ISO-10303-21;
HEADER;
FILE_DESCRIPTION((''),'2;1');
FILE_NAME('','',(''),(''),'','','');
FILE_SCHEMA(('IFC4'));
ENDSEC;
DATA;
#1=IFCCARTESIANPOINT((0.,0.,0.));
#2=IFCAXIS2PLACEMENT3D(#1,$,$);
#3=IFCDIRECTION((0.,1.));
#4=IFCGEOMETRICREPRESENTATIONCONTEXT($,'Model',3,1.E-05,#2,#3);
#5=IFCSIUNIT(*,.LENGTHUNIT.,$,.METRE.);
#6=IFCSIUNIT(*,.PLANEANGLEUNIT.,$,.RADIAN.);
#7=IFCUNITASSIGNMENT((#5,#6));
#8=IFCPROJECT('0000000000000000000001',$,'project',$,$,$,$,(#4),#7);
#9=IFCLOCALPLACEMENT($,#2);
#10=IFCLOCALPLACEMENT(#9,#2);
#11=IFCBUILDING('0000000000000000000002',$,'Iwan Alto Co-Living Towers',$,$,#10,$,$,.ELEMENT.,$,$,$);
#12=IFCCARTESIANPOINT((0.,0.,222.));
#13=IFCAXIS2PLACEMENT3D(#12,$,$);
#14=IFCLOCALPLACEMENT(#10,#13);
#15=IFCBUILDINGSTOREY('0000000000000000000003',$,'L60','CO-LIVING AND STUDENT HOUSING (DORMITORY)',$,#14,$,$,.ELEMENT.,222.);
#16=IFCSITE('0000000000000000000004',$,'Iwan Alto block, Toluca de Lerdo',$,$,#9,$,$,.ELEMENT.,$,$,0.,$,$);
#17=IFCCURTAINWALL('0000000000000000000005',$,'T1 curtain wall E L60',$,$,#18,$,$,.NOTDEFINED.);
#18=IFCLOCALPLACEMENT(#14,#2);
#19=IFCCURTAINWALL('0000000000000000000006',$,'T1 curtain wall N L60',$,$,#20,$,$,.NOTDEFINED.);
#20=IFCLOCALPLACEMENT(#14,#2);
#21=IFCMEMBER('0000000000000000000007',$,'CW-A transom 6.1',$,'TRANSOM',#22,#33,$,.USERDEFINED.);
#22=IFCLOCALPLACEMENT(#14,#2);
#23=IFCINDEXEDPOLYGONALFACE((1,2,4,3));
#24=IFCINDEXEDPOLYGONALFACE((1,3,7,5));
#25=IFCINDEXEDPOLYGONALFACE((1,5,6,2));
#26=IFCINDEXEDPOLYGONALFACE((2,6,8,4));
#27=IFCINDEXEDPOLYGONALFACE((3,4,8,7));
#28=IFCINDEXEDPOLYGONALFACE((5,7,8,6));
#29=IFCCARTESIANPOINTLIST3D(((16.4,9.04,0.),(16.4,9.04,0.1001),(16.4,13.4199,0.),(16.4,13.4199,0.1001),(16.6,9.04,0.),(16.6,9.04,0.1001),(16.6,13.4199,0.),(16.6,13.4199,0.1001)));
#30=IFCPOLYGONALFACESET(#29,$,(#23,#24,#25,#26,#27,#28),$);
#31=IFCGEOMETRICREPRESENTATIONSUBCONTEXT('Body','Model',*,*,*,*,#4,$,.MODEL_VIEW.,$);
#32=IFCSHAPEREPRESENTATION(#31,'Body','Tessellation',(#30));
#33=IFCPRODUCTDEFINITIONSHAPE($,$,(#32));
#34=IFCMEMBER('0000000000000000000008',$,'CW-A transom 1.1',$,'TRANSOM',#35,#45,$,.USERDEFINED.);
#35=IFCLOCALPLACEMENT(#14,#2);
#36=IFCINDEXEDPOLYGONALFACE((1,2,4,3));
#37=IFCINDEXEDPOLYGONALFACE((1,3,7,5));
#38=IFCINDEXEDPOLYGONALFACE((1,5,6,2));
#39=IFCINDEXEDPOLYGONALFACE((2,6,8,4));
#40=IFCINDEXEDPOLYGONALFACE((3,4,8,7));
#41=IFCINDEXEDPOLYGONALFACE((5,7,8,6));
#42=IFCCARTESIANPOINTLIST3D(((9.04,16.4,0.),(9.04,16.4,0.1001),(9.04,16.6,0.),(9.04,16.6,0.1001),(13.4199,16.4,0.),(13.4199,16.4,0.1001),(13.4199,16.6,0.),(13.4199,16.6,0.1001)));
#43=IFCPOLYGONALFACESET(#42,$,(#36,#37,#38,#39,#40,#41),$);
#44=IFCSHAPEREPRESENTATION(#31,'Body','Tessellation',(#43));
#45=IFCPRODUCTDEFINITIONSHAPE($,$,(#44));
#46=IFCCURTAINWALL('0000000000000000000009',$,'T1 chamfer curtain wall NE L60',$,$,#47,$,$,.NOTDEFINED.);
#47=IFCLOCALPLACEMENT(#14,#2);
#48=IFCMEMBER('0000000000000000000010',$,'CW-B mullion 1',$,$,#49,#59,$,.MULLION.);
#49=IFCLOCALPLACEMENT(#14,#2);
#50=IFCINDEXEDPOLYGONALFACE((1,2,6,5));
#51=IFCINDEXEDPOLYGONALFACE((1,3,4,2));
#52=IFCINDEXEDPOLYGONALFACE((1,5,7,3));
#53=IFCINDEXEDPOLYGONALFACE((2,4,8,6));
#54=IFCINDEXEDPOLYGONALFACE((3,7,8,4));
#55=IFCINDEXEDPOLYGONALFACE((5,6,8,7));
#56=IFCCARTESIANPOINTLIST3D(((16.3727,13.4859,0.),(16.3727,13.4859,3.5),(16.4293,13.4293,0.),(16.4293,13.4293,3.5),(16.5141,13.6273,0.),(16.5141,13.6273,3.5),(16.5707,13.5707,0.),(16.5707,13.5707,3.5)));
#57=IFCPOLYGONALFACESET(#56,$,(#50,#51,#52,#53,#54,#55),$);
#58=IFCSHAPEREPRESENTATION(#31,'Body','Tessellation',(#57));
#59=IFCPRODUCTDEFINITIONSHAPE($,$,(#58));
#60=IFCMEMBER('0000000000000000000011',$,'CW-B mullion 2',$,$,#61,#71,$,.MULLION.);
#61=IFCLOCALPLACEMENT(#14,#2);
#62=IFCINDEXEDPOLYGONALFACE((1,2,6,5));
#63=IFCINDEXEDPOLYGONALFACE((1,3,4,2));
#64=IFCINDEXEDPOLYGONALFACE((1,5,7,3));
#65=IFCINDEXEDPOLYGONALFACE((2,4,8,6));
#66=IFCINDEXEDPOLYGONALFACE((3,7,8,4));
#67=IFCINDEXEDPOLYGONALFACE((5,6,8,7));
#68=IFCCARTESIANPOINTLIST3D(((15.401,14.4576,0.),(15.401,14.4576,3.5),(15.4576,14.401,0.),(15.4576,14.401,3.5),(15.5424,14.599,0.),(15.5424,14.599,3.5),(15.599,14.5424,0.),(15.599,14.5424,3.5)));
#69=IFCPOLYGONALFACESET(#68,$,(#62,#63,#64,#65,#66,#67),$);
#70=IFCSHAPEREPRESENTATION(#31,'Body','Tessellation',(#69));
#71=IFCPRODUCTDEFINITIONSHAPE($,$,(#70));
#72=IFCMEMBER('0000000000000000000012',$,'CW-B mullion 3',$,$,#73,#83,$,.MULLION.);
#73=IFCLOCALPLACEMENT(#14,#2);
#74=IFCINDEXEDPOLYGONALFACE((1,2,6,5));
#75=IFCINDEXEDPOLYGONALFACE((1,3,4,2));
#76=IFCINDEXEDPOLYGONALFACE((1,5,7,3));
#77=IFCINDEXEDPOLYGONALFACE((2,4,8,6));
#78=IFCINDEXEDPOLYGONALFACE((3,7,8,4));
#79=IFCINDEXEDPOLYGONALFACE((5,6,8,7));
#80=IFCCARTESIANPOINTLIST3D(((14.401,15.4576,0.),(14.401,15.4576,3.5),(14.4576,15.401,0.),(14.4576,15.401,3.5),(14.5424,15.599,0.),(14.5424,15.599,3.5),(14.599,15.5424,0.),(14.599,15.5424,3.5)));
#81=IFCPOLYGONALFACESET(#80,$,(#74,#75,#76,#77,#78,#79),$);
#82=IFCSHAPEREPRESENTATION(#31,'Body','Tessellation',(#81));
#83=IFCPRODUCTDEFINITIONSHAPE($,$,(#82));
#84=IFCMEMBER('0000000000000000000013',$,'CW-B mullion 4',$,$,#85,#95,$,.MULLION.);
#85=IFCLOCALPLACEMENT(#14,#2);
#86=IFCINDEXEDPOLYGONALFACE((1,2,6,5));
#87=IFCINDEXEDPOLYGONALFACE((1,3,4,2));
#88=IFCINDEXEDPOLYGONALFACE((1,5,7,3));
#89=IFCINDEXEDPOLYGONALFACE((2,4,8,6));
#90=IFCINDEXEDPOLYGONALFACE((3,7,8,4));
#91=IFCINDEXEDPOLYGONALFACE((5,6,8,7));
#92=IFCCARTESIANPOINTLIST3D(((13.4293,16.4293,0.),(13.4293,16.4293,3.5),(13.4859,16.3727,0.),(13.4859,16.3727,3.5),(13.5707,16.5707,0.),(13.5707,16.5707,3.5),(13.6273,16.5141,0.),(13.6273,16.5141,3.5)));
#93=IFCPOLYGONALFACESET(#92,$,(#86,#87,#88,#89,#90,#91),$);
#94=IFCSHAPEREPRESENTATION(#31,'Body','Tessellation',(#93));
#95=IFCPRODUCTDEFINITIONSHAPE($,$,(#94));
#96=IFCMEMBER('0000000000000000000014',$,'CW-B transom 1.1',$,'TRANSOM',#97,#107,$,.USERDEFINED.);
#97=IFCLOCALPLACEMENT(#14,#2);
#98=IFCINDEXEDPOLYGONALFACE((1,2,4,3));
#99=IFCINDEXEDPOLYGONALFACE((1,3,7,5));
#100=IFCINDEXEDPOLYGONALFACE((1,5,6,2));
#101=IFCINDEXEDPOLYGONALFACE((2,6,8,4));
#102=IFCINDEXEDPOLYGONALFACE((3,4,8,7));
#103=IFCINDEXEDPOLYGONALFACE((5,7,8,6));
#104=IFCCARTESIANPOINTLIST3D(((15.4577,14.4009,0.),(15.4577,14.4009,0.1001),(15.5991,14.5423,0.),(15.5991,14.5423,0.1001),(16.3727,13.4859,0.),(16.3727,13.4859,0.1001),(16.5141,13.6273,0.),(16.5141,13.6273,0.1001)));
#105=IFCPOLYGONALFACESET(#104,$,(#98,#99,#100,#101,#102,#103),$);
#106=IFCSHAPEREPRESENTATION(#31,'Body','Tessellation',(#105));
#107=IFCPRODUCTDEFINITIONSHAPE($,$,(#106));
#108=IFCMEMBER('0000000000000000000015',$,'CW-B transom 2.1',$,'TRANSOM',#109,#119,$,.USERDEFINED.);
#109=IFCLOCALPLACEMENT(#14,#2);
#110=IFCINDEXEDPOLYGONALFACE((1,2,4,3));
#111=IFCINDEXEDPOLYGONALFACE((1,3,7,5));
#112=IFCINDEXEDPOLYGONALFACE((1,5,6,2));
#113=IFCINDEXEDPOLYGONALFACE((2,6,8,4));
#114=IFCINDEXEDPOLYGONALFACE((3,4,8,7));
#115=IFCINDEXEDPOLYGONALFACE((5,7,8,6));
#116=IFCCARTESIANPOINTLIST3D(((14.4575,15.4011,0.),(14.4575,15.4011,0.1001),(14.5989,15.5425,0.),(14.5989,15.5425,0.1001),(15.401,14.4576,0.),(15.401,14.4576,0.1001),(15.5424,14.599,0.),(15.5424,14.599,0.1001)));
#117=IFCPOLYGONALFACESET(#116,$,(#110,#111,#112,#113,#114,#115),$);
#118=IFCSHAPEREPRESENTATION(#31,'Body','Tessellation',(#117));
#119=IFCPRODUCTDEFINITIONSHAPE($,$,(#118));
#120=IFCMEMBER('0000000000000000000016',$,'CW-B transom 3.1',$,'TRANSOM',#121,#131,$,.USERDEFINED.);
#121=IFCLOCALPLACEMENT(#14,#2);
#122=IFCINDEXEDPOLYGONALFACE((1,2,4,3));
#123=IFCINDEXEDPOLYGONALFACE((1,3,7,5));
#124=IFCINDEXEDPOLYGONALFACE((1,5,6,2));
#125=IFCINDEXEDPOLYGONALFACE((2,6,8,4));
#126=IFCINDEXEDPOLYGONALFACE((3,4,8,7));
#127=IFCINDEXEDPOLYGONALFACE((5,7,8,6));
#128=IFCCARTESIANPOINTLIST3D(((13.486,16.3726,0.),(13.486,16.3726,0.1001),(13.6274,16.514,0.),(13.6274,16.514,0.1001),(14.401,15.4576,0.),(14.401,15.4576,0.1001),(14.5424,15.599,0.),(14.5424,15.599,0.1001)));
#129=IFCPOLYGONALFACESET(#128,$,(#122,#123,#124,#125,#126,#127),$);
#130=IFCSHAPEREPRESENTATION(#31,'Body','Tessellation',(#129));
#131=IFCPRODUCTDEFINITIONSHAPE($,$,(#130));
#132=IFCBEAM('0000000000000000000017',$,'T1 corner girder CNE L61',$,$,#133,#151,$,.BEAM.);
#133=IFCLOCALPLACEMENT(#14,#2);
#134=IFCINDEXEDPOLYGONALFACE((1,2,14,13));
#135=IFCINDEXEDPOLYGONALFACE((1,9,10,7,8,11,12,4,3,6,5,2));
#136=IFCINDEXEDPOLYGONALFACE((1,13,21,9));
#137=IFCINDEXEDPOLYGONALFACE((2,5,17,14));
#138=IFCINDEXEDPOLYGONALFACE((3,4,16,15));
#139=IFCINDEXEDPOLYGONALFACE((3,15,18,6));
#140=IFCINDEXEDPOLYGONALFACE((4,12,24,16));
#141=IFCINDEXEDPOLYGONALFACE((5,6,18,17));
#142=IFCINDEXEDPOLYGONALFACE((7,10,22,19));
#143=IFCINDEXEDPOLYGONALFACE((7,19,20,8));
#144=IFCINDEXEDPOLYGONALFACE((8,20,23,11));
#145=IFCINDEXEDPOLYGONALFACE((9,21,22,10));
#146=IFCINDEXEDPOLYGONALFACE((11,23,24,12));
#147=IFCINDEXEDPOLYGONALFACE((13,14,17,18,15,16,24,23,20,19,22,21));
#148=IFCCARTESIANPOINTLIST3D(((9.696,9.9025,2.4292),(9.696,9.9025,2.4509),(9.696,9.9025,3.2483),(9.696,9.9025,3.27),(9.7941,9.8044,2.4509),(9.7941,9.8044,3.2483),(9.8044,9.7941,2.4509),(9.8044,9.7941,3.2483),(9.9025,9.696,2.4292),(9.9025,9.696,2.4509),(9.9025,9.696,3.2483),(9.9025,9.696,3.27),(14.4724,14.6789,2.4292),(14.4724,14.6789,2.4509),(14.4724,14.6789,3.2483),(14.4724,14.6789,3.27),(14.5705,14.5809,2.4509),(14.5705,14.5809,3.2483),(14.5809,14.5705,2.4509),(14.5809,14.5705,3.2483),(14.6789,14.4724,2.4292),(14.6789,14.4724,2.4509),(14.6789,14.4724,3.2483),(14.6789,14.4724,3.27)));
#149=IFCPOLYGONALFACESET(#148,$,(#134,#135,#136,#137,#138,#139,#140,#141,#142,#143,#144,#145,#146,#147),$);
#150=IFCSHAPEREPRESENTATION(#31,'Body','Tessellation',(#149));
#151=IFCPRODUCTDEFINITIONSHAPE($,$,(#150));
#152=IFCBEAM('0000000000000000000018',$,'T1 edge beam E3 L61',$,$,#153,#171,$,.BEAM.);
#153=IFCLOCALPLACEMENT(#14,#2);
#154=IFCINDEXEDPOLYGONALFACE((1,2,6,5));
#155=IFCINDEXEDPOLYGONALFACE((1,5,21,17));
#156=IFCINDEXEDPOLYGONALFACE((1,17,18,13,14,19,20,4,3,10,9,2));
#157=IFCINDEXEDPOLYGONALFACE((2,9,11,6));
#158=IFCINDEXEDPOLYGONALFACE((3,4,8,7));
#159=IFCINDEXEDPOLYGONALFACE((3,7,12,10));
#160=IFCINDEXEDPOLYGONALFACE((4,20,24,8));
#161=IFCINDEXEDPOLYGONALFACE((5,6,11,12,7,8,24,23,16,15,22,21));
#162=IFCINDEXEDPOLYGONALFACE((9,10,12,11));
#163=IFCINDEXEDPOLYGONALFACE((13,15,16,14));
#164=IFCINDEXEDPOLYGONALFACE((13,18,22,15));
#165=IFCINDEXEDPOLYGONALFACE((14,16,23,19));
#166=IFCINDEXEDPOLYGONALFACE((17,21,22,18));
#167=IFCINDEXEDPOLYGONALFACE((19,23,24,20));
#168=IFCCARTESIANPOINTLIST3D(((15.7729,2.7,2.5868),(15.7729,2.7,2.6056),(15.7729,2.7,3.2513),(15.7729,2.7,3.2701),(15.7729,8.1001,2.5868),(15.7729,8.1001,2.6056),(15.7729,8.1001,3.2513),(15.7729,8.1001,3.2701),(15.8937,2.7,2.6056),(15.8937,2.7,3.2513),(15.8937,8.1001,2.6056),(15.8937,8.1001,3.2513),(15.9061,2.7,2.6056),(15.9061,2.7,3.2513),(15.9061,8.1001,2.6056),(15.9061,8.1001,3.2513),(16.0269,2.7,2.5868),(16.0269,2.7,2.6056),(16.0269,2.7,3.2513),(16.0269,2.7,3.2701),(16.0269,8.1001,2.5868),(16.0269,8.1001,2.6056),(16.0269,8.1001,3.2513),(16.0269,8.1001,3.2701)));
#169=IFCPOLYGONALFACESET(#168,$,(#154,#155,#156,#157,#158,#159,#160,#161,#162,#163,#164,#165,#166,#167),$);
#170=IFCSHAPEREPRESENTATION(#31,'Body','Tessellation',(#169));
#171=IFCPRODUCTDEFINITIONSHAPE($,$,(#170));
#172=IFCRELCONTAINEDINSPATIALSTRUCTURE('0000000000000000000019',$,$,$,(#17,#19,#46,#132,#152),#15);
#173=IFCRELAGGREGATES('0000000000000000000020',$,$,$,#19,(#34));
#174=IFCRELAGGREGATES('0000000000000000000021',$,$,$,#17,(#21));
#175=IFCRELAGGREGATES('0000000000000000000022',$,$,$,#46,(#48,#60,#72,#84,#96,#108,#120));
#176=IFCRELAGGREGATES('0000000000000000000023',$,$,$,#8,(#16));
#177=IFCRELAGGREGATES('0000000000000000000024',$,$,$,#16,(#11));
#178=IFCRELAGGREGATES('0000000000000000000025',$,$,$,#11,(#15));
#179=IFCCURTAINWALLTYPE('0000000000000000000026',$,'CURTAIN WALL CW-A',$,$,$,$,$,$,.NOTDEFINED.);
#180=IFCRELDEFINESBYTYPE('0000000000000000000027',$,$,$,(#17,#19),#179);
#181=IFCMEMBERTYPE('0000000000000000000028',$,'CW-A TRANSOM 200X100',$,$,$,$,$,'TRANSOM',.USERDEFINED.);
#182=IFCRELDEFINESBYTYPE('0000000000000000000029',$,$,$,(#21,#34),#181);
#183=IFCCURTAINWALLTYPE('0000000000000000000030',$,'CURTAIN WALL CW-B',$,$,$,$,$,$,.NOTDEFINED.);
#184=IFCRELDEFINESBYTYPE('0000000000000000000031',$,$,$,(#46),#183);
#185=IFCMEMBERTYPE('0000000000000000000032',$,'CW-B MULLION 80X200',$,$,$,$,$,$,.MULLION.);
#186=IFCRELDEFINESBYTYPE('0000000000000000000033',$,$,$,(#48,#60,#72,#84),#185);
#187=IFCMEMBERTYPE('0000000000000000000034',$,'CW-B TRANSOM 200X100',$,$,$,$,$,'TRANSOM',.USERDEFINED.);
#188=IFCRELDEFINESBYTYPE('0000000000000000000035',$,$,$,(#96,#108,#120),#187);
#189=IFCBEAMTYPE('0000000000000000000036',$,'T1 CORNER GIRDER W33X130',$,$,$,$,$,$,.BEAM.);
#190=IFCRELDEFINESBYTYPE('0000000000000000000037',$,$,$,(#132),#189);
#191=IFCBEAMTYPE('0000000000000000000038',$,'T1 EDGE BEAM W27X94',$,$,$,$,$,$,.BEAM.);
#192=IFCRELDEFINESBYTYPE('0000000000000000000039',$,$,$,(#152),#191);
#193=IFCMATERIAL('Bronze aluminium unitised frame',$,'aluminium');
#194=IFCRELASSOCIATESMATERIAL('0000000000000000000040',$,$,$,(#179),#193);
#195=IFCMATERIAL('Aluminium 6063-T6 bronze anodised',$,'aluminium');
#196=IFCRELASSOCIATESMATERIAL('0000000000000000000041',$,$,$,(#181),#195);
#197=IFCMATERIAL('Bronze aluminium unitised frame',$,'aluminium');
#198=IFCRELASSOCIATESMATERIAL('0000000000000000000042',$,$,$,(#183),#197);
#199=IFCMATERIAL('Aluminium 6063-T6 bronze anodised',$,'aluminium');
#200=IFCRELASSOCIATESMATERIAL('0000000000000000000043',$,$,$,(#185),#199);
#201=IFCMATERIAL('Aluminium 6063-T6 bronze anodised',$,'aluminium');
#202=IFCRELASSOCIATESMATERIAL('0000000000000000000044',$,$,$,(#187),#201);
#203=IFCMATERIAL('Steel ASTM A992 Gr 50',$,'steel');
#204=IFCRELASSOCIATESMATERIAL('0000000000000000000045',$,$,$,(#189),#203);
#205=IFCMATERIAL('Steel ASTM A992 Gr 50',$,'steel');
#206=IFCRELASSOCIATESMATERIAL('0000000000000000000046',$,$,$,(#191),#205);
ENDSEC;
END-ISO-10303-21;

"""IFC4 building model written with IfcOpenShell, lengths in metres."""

from ifc_helpers import new_model, si_unit, direction, frame, origin, origin_2d, place, context, subcontext, project, spatial, rectangle, i_section, extrude, material, material_profile, profile_set, type_object, element, aggregate, save


model = new_model("IFC4")

# Units and contexts
model_context = context("Model", 3, precision=1e-05, world=origin(), true_north=direction((0.0, 1.0)))
body_context = subcontext(model_context, "Body", "Model", "MODEL_VIEW")
ifc_project = project(units=[si_unit("LENGTHUNIT", "METRE"), si_unit("PLANEANGLEUNIT", "RADIAN")], contexts=[model_context])

# Site, building, storey
site_placement = place(None, origin())
site = spatial("IfcSite", under=ifc_project, at=site_placement, Name="Iwan Alto block, Toluca de Lerdo", CompositionType="ELEMENT", RefElevation=0.0)
building_placement = place(site_placement, origin())
building = spatial("IfcBuilding", under=site, at=building_placement, Name="Iwan Alto Co-Living Towers", CompositionType="ELEMENT")
storey_placement = place(building_placement, frame((0.0, 0.0, 222.0)))
storey = spatial("IfcBuildingStorey", under=building, at=storey_placement, Name="L60", Description="CO-LIVING AND STUDENT HOUSING (DORMITORY)", CompositionType="ELEMENT", Elevation=222.0)

# Curtain wall
ifc_material_1 = material(Name="Bronze aluminium unitised frame", Category="aluminium")
curtain_wall_type_1 = type_object("IfcCurtainWallType", Name="CURTAIN WALL CW-A", PredefinedType="NOTDEFINED", material=ifc_material_1)
curtain_wall_1_placement = place(storey_placement, origin())
curtain_wall_1 = element("IfcCurtainWall", 1, at=curtain_wall_1_placement, inside=storey, type_object=curtain_wall_type_1, Name="T1 curtain wall E L60", PredefinedType="NOTDEFINED")

# Curtain wall
curtain_wall_2_placement = place(storey_placement, origin())
curtain_wall_2 = element("IfcCurtainWall", 2, at=curtain_wall_2_placement, inside=storey, type_object=curtain_wall_type_1, Name="T1 curtain wall N L60", PredefinedType="NOTDEFINED")

# Members
ifc_material_2 = material(Name="Aluminium 6063-T6 bronze anodised", Category="aluminium")
ifc_material_profile_1 = material_profile(ifc_material_2, rectangle(XDim=0.2, YDim=0.1001, at=origin_2d()), Name="AL 200X100")
ifc_profile_set_1 = profile_set([ifc_material_profile_1], Name="Aluminium 6063-T6 bronze anodised")
member_type_1 = type_object("IfcMemberType", Name="CW-A TRANSOM 200X100", ElementType="TRANSOM", PredefinedType="USERDEFINED", material=ifc_profile_set_1)
member_1_placement = place(storey_placement, frame((16.5, 9.04, 0.05), z_axis=(0.0, 1.0, 0.0), x_axis=(-1.0, 0.0, 0.0)))
member_1 = element("IfcMember", 3, at=member_1_placement, type_object=member_type_1, Name="CW-A transom 6.1", ObjectType="TRANSOM", PredefinedType="USERDEFINED", context=body_context, shape_type="SweptSolid", body=[
    extrude(rectangle(XDim=0.2, YDim=0.1001, at=origin_2d()), origin(), (0.0, 0.0, 1.0), 4.3799),
])
member_2_placement = place(storey_placement, frame((13.4199, 16.5, 0.05), z_axis=(-1.0, 0.0, 0.0), x_axis=(0.0, -1.0, 0.0)))
member_2 = element("IfcMember", 4, at=member_2_placement, type_object=member_type_1, Name="CW-A transom 1.1", ObjectType="TRANSOM", PredefinedType="USERDEFINED", context=body_context, shape_type="SweptSolid", body=[
    extrude(rectangle(XDim=0.2, YDim=0.1001, at=origin_2d()), origin(), (0.0, 0.0, 1.0), 4.3799),
])
aggregate(curtain_wall_2, [member_2])

# Curtain wall, members
ifc_material_3 = material(Name="Bronze aluminium unitised frame", Category="aluminium")
curtain_wall_type_2 = type_object("IfcCurtainWallType", Name="CURTAIN WALL CW-B", PredefinedType="NOTDEFINED", material=ifc_material_3)
curtain_wall_3_placement = place(storey_placement, origin())
curtain_wall_3 = element("IfcCurtainWall", 5, at=curtain_wall_3_placement, inside=storey, type_object=curtain_wall_type_2, Name="T1 chamfer curtain wall NE L60", PredefinedType="NOTDEFINED")
ifc_material_4 = material(Name="Aluminium 6063-T6 bronze anodised", Category="aluminium")
ifc_material_profile_2 = material_profile(ifc_material_4, rectangle(XDim=0.2, YDim=0.0801, at=origin_2d()), Name="AL 80X200")
ifc_profile_set_2 = profile_set([ifc_material_profile_2], Name="Aluminium 6063-T6 bronze anodised")
member_type_2 = type_object("IfcMemberType", Name="CW-B MULLION 80X200", PredefinedType="MULLION", material=ifc_profile_set_2)
member_3_placement = place(storey_placement, frame((16.4717, 13.5283, 0.0), z_axis=(0.0, 0.0, 1.0), x_axis=(-0.707107, -0.707107, 0.0)))
member_3 = element("IfcMember", 6, at=member_3_placement, type_object=member_type_2, Name="CW-B mullion 1", PredefinedType="MULLION", context=body_context, shape_type="SweptSolid", body=[
    extrude(rectangle(XDim=0.2, YDim=0.0801, at=origin_2d()), origin(), (0.0, 0.0, 1.0), 3.5),
])
member_4_placement = place(storey_placement, frame((15.5, 14.5, 0.0), z_axis=(0.0, 0.0, 1.0), x_axis=(-0.707107, -0.707107, 0.0)))
member_4 = element("IfcMember", 7, at=member_4_placement, type_object=member_type_2, Name="CW-B mullion 2", PredefinedType="MULLION", context=body_context, shape_type="SweptSolid", body=[
    extrude(rectangle(XDim=0.2, YDim=0.0801, at=origin_2d()), origin(), (0.0, 0.0, 1.0), 3.5),
])
member_5_placement = place(storey_placement, frame((14.5, 15.5, 0.0), z_axis=(0.0, 0.0, 1.0), x_axis=(-0.707107, -0.707107, 0.0)))
member_5 = element("IfcMember", 8, at=member_5_placement, type_object=member_type_2, Name="CW-B mullion 3", PredefinedType="MULLION", context=body_context, shape_type="SweptSolid", body=[
    extrude(rectangle(XDim=0.2, YDim=0.0801, at=origin_2d()), origin(), (0.0, 0.0, 1.0), 3.5),
])
member_6_placement = place(storey_placement, frame((13.5283, 16.4717, 0.0), z_axis=(0.0, 0.0, 1.0), x_axis=(-0.707107, -0.707107, 0.0)))
member_6 = element("IfcMember", 9, at=member_6_placement, type_object=member_type_2, Name="CW-B mullion 4", PredefinedType="MULLION", context=body_context, shape_type="SweptSolid", body=[
    extrude(rectangle(XDim=0.2, YDim=0.0801, at=origin_2d()), origin(), (0.0, 0.0, 1.0), 3.5),
])
ifc_material_5 = material(Name="Aluminium 6063-T6 bronze anodised", Category="aluminium")
ifc_material_profile_3 = material_profile(ifc_material_5, rectangle(XDim=0.2, YDim=0.1001, at=origin_2d()), Name="AL 200X100")
ifc_profile_set_3 = profile_set([ifc_material_profile_3], Name="Aluminium 6063-T6 bronze anodised")
member_type_3 = type_object("IfcMemberType", Name="CW-B TRANSOM 200X100", ElementType="TRANSOM", PredefinedType="USERDEFINED", material=ifc_profile_set_3)
member_7_placement = place(storey_placement, frame((16.4434, 13.5566, 0.05), z_axis=(-0.707107, 0.707107, 0.0), x_axis=(-0.707107, -0.707107, 0.0)))
member_7 = element("IfcMember", 10, at=member_7_placement, type_object=member_type_3, Name="CW-B transom 1.1", ObjectType="TRANSOM", PredefinedType="USERDEFINED", context=body_context, shape_type="SweptSolid", body=[
    extrude(rectangle(XDim=0.2, YDim=0.1001, at=origin_2d()), origin(), (0.0, 0.0, 1.0), 1.2939),
])
member_8_placement = place(storey_placement, frame((15.4717, 14.5283, 0.05), z_axis=(-0.707107, 0.707107, 0.0), x_axis=(-0.707107, -0.707107, 0.0)))
member_8 = element("IfcMember", 11, at=member_8_placement, type_object=member_type_3, Name="CW-B transom 2.1", ObjectType="TRANSOM", PredefinedType="USERDEFINED", context=body_context, shape_type="SweptSolid", body=[
    extrude(rectangle(XDim=0.2, YDim=0.1001, at=origin_2d()), origin(), (0.0, 0.0, 1.0), 1.3342),
])
member_9_placement = place(storey_placement, frame((14.4717, 15.5283, 0.05), z_axis=(-0.707107, 0.707107, 0.0), x_axis=(-0.707107, -0.707107, 0.0)))
member_9 = element("IfcMember", 12, at=member_9_placement, type_object=member_type_3, Name="CW-B transom 3.1", ObjectType="TRANSOM", PredefinedType="USERDEFINED", context=body_context, shape_type="SweptSolid", body=[
    extrude(rectangle(XDim=0.2, YDim=0.1001, at=origin_2d()), origin(), (0.0, 0.0, 1.0), 1.2939),
])

# Beams
ifc_material_6 = material(Name="Steel ASTM A992 Gr 50", Category="steel")
ifc_material_profile_4 = material_profile(ifc_material_6, i_section(OverallWidth=0.292, OverallDepth=0.8408, WebThickness=0.0146, FlangeThickness=0.0217, at=origin_2d()), Name="W33X130")
ifc_profile_set_4 = profile_set([ifc_material_profile_4], Name="Steel ASTM A992 Gr 50")
beam_type_1 = type_object("IfcBeamType", Name="T1 CORNER GIRDER W33X130", PredefinedType="BEAM", material=ifc_profile_set_4)
beam_1_placement = place(storey_placement, frame((14.5757, 14.5757, 2.8496), z_axis=(-0.707107, -0.707107, 0.0), x_axis=(0.707107, -0.707107, 0.0)))
element("IfcBeam", 13, at=beam_1_placement, inside=storey, type_object=beam_type_1, Name="T1 corner girder CNE L61", PredefinedType="BEAM", context=body_context, shape_type="SweptSolid", body=[
    extrude(i_section(OverallWidth=0.292, OverallDepth=0.8408, WebThickness=0.0146, FlangeThickness=0.0217, at=origin_2d()), origin(), (0.0, 0.0, 1.0), 6.7549),
])
ifc_material_7 = material(Name="Steel ASTM A992 Gr 50", Category="steel")
ifc_material_profile_5 = material_profile(ifc_material_7, i_section(OverallWidth=0.2539, OverallDepth=0.6833, WebThickness=0.0125, FlangeThickness=0.0188, at=origin_2d()), Name="W27X94")
ifc_profile_set_5 = profile_set([ifc_material_profile_5], Name="Steel ASTM A992 Gr 50")
beam_type_2 = type_object("IfcBeamType", Name="T1 EDGE BEAM W27X94", PredefinedType="BEAM", material=ifc_profile_set_5)
beam_2_placement = place(storey_placement, frame((15.8999, 2.7, 2.9285), z_axis=(0.0, 1.0, 0.0), x_axis=(-1.0, 0.0, 0.0)))
element("IfcBeam", 14, at=beam_2_placement, inside=storey, type_object=beam_type_2, Name="T1 edge beam E3 L61", PredefinedType="BEAM", context=body_context, shape_type="SweptSolid", body=[
    extrude(i_section(OverallWidth=0.2539, OverallDepth=0.6833, WebThickness=0.0125, FlangeThickness=0.0188, at=origin_2d()), origin(), (0.0, 0.0, 1.0), 5.4001),
])

aggregate(curtain_wall_1, [member_1])
aggregate(curtain_wall_3, [member_3, member_4, member_5, member_6, member_7, member_8, member_9])

save(model, "model.ifc")
